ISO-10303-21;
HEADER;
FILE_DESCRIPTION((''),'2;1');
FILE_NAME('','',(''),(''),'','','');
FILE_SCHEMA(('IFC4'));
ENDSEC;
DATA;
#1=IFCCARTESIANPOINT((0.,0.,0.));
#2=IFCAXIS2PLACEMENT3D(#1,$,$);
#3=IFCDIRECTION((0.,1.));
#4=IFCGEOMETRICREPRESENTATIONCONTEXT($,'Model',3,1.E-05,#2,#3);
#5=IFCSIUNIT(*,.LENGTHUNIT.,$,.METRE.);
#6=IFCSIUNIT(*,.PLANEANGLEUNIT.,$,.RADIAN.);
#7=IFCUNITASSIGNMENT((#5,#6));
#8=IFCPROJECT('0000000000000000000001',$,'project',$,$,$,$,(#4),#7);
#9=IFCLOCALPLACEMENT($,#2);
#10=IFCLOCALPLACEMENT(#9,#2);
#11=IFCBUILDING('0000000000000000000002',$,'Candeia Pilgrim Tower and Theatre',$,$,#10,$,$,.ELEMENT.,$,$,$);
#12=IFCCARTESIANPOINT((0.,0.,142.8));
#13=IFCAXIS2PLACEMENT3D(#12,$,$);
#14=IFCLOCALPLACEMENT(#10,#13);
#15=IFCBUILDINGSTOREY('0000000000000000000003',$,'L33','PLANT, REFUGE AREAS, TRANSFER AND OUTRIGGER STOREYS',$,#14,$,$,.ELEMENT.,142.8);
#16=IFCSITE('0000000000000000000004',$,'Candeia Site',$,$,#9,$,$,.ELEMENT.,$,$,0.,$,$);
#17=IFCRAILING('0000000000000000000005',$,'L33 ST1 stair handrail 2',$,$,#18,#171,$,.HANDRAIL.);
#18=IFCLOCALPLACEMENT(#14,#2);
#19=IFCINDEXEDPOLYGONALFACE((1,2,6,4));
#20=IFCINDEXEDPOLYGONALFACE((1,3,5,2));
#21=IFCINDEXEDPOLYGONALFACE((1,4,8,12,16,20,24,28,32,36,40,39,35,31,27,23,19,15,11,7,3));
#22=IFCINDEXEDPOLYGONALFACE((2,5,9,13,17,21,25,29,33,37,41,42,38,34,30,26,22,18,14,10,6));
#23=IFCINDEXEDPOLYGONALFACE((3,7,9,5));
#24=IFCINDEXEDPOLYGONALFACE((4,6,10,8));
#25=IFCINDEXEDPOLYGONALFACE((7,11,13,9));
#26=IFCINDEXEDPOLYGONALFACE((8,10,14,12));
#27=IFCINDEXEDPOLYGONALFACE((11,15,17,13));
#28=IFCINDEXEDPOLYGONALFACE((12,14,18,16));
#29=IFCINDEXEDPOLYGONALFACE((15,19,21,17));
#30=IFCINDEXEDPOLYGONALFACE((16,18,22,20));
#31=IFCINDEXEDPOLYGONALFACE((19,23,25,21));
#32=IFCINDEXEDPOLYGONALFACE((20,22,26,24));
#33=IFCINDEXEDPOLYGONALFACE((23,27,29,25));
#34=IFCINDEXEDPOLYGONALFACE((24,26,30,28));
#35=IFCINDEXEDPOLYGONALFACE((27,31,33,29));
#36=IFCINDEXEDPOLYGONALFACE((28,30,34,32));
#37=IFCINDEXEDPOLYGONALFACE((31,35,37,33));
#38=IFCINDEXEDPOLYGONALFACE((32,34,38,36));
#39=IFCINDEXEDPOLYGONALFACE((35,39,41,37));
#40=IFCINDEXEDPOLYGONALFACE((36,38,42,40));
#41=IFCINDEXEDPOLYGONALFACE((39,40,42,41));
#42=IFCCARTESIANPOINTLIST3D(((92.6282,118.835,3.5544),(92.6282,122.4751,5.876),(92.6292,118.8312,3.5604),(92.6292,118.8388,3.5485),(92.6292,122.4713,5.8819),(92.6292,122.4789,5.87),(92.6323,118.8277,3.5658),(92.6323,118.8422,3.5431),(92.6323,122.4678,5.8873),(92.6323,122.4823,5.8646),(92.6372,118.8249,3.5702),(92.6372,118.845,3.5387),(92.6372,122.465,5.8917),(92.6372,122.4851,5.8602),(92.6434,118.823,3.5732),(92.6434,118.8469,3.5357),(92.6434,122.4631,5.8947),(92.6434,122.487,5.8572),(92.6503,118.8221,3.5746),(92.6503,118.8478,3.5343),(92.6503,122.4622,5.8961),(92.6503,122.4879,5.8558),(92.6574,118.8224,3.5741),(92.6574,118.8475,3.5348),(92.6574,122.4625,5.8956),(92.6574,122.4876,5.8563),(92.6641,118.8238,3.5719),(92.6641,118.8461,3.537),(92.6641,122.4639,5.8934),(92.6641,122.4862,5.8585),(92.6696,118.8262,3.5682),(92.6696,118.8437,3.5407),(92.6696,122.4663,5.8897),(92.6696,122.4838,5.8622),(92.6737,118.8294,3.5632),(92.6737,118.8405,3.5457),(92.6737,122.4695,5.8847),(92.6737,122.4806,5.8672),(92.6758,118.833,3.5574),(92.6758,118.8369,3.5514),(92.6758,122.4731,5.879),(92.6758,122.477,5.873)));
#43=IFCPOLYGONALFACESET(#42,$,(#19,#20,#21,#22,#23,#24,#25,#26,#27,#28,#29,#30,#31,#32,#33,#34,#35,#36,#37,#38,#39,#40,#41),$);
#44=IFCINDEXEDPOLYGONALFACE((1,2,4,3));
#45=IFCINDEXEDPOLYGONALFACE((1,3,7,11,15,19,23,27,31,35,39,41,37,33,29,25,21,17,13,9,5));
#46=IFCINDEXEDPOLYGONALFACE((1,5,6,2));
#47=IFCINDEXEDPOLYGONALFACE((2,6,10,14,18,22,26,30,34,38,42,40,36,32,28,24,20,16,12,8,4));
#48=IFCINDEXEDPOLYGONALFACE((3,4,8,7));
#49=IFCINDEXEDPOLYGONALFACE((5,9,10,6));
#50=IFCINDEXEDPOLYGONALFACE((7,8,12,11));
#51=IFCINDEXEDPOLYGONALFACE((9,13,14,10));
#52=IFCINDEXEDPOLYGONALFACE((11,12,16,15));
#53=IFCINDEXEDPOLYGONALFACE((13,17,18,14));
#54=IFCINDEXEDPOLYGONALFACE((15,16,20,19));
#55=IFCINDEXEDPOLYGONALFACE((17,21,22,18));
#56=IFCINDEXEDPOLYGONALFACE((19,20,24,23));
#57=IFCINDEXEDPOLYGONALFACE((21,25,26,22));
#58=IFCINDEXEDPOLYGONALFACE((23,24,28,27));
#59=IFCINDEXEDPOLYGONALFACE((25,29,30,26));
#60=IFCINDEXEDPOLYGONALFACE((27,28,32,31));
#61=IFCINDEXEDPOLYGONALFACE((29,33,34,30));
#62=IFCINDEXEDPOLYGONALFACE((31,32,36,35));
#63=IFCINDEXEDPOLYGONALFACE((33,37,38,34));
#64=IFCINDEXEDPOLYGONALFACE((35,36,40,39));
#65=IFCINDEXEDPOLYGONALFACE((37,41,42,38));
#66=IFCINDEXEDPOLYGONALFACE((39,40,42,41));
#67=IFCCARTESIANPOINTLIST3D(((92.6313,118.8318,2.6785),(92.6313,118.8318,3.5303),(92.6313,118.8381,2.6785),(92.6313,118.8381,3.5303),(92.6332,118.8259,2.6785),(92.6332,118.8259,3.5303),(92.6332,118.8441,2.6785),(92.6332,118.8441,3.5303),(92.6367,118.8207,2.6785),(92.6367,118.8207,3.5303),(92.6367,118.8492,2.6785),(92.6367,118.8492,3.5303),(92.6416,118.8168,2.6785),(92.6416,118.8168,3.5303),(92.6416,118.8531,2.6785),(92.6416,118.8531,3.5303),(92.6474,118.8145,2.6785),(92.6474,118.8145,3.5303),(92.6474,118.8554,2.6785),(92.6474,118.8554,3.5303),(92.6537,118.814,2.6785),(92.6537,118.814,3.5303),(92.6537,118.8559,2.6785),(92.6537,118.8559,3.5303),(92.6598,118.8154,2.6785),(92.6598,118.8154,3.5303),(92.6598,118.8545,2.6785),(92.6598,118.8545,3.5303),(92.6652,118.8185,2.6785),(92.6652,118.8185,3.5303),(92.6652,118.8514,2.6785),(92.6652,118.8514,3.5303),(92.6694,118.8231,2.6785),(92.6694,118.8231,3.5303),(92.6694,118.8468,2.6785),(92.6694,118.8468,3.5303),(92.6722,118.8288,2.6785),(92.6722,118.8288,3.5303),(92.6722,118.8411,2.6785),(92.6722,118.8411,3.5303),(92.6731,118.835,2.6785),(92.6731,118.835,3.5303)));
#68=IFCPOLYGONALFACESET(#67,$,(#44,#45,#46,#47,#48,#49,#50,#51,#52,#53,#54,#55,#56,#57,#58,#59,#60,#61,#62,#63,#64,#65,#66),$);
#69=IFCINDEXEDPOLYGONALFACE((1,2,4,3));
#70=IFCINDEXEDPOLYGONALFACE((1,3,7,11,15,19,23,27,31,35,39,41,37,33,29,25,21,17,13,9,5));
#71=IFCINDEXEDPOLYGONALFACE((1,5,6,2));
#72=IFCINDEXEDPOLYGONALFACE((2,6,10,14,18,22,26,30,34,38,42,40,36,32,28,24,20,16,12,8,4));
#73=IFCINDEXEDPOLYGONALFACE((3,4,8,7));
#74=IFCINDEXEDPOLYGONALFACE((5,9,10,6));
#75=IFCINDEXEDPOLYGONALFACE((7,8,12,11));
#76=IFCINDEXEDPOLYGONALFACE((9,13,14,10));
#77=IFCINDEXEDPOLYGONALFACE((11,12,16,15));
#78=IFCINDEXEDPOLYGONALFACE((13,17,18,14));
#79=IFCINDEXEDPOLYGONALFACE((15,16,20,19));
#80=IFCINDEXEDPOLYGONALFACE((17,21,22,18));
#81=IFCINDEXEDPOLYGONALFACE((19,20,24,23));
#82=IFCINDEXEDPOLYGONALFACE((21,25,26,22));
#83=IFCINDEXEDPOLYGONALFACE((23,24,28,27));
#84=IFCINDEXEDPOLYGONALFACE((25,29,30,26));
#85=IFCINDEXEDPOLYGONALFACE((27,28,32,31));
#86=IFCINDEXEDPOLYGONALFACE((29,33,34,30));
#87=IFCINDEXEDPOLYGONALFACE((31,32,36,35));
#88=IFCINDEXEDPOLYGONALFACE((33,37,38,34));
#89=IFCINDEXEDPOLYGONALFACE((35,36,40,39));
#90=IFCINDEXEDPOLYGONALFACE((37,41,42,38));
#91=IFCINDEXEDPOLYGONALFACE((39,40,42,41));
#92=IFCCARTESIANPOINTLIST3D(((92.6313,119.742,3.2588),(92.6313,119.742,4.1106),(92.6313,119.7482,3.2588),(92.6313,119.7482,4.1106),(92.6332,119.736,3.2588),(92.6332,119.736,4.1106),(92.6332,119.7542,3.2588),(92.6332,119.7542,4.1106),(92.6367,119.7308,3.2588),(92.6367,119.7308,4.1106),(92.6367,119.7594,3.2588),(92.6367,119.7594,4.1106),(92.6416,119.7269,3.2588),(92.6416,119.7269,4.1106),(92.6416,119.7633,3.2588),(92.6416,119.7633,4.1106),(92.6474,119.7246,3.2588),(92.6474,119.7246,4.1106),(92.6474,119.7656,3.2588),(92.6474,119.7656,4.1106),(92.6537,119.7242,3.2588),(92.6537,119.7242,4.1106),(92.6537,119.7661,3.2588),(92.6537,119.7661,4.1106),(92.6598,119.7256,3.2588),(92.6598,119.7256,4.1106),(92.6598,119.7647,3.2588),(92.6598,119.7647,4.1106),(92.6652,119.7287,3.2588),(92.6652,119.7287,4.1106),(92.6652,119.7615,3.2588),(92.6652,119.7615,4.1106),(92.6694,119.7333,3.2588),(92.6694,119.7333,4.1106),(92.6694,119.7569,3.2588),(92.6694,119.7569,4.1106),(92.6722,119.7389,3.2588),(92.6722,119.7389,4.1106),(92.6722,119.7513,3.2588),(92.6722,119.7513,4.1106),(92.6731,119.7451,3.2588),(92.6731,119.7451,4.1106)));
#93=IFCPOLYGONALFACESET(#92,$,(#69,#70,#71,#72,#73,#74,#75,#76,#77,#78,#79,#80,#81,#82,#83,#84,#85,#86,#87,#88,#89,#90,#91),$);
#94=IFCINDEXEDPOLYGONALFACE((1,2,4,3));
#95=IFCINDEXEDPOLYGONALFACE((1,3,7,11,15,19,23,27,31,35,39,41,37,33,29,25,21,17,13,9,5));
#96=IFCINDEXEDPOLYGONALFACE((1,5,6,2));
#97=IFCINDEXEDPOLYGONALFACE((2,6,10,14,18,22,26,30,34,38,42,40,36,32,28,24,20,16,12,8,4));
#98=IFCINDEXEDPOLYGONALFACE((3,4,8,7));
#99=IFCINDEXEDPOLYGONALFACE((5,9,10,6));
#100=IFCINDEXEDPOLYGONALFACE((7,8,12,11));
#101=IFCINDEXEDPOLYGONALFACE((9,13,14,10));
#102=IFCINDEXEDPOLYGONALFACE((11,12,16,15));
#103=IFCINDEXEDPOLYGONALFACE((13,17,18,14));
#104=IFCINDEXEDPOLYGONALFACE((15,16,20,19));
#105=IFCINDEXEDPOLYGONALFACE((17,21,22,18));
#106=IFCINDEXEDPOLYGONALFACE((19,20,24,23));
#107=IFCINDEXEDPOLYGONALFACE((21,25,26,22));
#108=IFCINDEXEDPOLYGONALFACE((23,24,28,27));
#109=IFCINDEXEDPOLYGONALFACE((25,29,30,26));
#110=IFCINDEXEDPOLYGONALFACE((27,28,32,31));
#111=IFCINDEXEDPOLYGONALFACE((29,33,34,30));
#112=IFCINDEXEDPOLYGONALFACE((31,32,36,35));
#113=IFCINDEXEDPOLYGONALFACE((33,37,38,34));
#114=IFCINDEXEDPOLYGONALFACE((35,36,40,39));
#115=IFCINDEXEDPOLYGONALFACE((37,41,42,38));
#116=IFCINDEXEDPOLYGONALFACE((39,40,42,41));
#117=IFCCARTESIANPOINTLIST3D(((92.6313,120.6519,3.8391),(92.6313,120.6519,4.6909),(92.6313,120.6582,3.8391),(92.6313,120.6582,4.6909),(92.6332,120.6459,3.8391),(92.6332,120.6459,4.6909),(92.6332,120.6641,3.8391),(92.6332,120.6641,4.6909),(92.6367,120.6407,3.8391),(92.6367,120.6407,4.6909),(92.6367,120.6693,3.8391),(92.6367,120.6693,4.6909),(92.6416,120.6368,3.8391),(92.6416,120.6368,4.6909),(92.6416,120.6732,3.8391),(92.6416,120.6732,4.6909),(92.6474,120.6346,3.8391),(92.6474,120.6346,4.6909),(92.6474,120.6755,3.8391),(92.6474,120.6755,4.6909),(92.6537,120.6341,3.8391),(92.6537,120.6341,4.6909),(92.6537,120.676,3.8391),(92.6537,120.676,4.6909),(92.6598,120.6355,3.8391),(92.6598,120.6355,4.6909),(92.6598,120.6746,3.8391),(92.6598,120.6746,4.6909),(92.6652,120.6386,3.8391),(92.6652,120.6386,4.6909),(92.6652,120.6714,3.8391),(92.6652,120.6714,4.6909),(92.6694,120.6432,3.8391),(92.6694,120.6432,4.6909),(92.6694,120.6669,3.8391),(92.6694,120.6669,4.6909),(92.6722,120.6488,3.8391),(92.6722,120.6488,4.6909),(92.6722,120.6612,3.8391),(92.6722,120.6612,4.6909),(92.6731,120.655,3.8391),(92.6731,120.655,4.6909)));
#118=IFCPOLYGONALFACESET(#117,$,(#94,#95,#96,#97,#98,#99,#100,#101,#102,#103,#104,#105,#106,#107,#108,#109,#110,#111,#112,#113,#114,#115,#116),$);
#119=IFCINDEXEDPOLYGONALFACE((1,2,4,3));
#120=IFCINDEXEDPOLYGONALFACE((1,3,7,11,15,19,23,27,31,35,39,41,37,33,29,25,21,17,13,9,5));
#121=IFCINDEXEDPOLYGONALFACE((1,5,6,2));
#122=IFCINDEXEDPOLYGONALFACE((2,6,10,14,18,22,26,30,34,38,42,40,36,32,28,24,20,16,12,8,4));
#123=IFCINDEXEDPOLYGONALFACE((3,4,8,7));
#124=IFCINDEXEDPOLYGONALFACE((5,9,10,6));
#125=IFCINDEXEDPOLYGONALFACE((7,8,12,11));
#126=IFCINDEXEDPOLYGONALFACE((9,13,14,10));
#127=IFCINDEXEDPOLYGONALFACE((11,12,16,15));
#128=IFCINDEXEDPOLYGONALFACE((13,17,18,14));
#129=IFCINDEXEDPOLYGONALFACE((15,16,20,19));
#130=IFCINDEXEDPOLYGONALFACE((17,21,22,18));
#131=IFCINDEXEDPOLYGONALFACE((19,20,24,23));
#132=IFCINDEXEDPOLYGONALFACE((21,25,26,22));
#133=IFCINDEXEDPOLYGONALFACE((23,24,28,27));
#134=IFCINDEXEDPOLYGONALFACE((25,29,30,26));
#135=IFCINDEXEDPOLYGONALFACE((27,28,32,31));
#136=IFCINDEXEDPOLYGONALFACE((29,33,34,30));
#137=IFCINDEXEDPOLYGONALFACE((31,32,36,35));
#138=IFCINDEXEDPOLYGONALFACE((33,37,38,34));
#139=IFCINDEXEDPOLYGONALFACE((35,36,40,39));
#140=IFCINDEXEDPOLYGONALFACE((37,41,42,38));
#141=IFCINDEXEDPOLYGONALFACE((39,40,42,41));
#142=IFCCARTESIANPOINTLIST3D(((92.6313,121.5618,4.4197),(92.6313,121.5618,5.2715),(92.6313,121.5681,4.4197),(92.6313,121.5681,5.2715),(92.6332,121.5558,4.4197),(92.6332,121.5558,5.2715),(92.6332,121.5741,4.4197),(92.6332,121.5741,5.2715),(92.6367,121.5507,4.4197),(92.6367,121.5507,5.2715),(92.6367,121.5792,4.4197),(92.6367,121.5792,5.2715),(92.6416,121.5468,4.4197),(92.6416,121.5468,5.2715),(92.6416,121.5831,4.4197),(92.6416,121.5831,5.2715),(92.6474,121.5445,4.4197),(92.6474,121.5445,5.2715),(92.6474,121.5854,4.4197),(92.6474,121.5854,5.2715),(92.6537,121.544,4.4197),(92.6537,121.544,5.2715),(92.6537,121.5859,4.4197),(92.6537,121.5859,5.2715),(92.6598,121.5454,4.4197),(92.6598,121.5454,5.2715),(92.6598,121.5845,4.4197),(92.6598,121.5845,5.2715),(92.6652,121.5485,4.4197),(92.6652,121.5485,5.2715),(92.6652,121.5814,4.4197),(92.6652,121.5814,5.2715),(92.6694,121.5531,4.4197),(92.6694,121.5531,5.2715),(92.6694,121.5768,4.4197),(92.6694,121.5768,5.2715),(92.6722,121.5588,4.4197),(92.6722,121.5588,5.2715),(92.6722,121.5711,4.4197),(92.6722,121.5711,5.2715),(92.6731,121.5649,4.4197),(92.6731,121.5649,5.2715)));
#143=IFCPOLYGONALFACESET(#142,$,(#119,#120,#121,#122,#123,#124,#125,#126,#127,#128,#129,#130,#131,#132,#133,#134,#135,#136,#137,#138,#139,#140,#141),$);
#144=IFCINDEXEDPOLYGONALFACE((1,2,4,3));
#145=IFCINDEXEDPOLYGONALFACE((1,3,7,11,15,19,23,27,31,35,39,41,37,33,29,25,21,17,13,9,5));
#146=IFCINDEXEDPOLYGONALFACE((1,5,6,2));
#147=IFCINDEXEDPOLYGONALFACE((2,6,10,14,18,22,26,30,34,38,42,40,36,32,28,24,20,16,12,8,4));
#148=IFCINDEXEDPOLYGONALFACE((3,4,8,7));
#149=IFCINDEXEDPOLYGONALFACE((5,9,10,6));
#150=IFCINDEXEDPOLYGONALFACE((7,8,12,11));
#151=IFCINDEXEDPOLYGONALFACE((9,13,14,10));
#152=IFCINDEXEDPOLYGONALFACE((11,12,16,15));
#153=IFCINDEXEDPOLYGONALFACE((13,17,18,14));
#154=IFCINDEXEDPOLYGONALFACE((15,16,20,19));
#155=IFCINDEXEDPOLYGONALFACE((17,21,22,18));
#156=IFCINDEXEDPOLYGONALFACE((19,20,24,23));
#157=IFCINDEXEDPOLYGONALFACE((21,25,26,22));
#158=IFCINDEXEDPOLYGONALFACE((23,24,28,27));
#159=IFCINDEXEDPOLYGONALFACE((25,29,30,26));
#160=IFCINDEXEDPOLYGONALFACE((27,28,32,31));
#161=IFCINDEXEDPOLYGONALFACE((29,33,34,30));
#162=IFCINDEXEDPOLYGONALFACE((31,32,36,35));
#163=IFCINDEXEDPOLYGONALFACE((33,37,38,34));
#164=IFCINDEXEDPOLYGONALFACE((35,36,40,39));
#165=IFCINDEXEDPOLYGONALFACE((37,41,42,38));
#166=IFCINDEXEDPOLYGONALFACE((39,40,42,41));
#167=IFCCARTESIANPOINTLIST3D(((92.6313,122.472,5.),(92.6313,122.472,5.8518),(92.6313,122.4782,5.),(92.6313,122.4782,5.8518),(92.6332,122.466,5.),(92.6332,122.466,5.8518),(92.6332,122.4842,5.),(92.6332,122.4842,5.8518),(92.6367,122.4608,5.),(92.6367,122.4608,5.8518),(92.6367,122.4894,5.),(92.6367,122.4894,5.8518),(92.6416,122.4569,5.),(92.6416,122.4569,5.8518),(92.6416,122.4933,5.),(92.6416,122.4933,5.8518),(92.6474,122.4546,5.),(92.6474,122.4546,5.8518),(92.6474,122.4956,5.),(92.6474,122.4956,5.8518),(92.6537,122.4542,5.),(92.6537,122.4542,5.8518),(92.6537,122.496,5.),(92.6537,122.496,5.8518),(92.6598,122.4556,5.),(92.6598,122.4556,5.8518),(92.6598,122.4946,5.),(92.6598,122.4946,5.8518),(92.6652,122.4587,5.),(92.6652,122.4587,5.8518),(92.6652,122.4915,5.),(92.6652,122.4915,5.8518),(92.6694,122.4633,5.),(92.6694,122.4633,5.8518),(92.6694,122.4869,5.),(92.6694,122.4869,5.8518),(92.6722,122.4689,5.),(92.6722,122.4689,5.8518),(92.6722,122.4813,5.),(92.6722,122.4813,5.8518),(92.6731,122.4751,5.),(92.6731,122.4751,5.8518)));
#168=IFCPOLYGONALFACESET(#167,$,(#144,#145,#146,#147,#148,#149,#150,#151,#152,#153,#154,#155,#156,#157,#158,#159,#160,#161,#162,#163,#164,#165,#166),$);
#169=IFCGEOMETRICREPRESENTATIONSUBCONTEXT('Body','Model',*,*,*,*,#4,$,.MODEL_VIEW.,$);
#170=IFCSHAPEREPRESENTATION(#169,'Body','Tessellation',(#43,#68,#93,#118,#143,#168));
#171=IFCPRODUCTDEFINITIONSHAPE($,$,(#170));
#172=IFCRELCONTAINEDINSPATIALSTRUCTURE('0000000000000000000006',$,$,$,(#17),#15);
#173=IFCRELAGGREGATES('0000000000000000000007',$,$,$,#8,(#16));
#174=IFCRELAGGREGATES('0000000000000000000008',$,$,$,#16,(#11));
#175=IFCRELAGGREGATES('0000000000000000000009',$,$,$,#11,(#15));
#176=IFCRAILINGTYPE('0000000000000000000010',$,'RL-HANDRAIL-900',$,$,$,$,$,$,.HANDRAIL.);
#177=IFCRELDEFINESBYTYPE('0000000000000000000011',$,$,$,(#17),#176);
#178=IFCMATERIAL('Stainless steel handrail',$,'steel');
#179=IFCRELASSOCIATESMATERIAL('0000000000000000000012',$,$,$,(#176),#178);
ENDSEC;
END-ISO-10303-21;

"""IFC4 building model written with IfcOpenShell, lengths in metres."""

from ifc_helpers import new_model, si_unit, direction, frame, origin, origin_2d, place, context, subcontext, project, spatial, circle, extrude, material, type_object, element, save


model = new_model("IFC4")

# Units and contexts
model_context = context("Model", 3, precision=1e-05, world=origin(), true_north=direction((0.0, 1.0)))
body_context = subcontext(model_context, "Body", "Model", "MODEL_VIEW")
ifc_project = project(units=[si_unit("LENGTHUNIT", "METRE"), si_unit("PLANEANGLEUNIT", "RADIAN")], contexts=[model_context])

# Site, building, storey
site_placement = place(None, origin())
site = spatial("IfcSite", under=ifc_project, at=site_placement, Name="Candeia Site", CompositionType="ELEMENT", RefElevation=0.0)
building_placement = place(site_placement, origin())
building = spatial("IfcBuilding", under=site, at=building_placement, Name="Candeia Pilgrim Tower and Theatre", CompositionType="ELEMENT")
storey_placement = place(building_placement, frame((0.0, 0.0, 142.8)))
storey = spatial("IfcBuildingStorey", under=building, at=storey_placement, Name="L33", Description="PLANT, REFUGE AREAS, TRANSFER AND OUTRIGGER STOREYS", CompositionType="ELEMENT", Elevation=142.8)

# Railing
ifc_material_1 = material(Name="Stainless steel handrail", Category="steel")
railing_type_1 = type_object("IfcRailingType", Name="RL-HANDRAIL-900", PredefinedType="HANDRAIL", material=ifc_material_1)
railing_1_placement = place(storey_placement, frame((92.6521, 118.835, 2.6785)))
element("IfcRailing", 1, at=railing_1_placement, inside=storey, type_object=railing_type_1, Name="L33 ST1 stair handrail 2", PredefinedType="HANDRAIL", context=body_context, shape_type="SweptSolid", body=[
    extrude(circle(Radius=0.0239, at=origin_2d()), frame((0.0, 0.0, 0.876), z_axis=(0.0, 0.843128, 0.537713), x_axis=(-1.0, 0.0, 0.0)), (0.0, 0.0, 1.0), 4.3174),
    extrude(circle(Radius=0.021, at=origin_2d()), origin(), (0.0, 0.0, 1.0), 0.8518),
    extrude(circle(Radius=0.021, at=origin_2d()), frame((0.0, 0.9102, 0.5803)), (0.0, 0.0, 1.0), 0.8518),
    extrude(circle(Radius=0.021, at=origin_2d()), frame((0.0, 1.8201, 1.1606)), (0.0, 0.0, 1.0), 0.8518),
    extrude(circle(Radius=0.021, at=origin_2d()), frame((0.0, 2.73, 1.7412)), (0.0, 0.0, 1.0), 0.8518),
    extrude(circle(Radius=0.021, at=origin_2d()), frame((0.0, 3.6401, 2.3215)), (0.0, 0.0, 1.0), 0.8518),
])

save(model, "model.ifc")
